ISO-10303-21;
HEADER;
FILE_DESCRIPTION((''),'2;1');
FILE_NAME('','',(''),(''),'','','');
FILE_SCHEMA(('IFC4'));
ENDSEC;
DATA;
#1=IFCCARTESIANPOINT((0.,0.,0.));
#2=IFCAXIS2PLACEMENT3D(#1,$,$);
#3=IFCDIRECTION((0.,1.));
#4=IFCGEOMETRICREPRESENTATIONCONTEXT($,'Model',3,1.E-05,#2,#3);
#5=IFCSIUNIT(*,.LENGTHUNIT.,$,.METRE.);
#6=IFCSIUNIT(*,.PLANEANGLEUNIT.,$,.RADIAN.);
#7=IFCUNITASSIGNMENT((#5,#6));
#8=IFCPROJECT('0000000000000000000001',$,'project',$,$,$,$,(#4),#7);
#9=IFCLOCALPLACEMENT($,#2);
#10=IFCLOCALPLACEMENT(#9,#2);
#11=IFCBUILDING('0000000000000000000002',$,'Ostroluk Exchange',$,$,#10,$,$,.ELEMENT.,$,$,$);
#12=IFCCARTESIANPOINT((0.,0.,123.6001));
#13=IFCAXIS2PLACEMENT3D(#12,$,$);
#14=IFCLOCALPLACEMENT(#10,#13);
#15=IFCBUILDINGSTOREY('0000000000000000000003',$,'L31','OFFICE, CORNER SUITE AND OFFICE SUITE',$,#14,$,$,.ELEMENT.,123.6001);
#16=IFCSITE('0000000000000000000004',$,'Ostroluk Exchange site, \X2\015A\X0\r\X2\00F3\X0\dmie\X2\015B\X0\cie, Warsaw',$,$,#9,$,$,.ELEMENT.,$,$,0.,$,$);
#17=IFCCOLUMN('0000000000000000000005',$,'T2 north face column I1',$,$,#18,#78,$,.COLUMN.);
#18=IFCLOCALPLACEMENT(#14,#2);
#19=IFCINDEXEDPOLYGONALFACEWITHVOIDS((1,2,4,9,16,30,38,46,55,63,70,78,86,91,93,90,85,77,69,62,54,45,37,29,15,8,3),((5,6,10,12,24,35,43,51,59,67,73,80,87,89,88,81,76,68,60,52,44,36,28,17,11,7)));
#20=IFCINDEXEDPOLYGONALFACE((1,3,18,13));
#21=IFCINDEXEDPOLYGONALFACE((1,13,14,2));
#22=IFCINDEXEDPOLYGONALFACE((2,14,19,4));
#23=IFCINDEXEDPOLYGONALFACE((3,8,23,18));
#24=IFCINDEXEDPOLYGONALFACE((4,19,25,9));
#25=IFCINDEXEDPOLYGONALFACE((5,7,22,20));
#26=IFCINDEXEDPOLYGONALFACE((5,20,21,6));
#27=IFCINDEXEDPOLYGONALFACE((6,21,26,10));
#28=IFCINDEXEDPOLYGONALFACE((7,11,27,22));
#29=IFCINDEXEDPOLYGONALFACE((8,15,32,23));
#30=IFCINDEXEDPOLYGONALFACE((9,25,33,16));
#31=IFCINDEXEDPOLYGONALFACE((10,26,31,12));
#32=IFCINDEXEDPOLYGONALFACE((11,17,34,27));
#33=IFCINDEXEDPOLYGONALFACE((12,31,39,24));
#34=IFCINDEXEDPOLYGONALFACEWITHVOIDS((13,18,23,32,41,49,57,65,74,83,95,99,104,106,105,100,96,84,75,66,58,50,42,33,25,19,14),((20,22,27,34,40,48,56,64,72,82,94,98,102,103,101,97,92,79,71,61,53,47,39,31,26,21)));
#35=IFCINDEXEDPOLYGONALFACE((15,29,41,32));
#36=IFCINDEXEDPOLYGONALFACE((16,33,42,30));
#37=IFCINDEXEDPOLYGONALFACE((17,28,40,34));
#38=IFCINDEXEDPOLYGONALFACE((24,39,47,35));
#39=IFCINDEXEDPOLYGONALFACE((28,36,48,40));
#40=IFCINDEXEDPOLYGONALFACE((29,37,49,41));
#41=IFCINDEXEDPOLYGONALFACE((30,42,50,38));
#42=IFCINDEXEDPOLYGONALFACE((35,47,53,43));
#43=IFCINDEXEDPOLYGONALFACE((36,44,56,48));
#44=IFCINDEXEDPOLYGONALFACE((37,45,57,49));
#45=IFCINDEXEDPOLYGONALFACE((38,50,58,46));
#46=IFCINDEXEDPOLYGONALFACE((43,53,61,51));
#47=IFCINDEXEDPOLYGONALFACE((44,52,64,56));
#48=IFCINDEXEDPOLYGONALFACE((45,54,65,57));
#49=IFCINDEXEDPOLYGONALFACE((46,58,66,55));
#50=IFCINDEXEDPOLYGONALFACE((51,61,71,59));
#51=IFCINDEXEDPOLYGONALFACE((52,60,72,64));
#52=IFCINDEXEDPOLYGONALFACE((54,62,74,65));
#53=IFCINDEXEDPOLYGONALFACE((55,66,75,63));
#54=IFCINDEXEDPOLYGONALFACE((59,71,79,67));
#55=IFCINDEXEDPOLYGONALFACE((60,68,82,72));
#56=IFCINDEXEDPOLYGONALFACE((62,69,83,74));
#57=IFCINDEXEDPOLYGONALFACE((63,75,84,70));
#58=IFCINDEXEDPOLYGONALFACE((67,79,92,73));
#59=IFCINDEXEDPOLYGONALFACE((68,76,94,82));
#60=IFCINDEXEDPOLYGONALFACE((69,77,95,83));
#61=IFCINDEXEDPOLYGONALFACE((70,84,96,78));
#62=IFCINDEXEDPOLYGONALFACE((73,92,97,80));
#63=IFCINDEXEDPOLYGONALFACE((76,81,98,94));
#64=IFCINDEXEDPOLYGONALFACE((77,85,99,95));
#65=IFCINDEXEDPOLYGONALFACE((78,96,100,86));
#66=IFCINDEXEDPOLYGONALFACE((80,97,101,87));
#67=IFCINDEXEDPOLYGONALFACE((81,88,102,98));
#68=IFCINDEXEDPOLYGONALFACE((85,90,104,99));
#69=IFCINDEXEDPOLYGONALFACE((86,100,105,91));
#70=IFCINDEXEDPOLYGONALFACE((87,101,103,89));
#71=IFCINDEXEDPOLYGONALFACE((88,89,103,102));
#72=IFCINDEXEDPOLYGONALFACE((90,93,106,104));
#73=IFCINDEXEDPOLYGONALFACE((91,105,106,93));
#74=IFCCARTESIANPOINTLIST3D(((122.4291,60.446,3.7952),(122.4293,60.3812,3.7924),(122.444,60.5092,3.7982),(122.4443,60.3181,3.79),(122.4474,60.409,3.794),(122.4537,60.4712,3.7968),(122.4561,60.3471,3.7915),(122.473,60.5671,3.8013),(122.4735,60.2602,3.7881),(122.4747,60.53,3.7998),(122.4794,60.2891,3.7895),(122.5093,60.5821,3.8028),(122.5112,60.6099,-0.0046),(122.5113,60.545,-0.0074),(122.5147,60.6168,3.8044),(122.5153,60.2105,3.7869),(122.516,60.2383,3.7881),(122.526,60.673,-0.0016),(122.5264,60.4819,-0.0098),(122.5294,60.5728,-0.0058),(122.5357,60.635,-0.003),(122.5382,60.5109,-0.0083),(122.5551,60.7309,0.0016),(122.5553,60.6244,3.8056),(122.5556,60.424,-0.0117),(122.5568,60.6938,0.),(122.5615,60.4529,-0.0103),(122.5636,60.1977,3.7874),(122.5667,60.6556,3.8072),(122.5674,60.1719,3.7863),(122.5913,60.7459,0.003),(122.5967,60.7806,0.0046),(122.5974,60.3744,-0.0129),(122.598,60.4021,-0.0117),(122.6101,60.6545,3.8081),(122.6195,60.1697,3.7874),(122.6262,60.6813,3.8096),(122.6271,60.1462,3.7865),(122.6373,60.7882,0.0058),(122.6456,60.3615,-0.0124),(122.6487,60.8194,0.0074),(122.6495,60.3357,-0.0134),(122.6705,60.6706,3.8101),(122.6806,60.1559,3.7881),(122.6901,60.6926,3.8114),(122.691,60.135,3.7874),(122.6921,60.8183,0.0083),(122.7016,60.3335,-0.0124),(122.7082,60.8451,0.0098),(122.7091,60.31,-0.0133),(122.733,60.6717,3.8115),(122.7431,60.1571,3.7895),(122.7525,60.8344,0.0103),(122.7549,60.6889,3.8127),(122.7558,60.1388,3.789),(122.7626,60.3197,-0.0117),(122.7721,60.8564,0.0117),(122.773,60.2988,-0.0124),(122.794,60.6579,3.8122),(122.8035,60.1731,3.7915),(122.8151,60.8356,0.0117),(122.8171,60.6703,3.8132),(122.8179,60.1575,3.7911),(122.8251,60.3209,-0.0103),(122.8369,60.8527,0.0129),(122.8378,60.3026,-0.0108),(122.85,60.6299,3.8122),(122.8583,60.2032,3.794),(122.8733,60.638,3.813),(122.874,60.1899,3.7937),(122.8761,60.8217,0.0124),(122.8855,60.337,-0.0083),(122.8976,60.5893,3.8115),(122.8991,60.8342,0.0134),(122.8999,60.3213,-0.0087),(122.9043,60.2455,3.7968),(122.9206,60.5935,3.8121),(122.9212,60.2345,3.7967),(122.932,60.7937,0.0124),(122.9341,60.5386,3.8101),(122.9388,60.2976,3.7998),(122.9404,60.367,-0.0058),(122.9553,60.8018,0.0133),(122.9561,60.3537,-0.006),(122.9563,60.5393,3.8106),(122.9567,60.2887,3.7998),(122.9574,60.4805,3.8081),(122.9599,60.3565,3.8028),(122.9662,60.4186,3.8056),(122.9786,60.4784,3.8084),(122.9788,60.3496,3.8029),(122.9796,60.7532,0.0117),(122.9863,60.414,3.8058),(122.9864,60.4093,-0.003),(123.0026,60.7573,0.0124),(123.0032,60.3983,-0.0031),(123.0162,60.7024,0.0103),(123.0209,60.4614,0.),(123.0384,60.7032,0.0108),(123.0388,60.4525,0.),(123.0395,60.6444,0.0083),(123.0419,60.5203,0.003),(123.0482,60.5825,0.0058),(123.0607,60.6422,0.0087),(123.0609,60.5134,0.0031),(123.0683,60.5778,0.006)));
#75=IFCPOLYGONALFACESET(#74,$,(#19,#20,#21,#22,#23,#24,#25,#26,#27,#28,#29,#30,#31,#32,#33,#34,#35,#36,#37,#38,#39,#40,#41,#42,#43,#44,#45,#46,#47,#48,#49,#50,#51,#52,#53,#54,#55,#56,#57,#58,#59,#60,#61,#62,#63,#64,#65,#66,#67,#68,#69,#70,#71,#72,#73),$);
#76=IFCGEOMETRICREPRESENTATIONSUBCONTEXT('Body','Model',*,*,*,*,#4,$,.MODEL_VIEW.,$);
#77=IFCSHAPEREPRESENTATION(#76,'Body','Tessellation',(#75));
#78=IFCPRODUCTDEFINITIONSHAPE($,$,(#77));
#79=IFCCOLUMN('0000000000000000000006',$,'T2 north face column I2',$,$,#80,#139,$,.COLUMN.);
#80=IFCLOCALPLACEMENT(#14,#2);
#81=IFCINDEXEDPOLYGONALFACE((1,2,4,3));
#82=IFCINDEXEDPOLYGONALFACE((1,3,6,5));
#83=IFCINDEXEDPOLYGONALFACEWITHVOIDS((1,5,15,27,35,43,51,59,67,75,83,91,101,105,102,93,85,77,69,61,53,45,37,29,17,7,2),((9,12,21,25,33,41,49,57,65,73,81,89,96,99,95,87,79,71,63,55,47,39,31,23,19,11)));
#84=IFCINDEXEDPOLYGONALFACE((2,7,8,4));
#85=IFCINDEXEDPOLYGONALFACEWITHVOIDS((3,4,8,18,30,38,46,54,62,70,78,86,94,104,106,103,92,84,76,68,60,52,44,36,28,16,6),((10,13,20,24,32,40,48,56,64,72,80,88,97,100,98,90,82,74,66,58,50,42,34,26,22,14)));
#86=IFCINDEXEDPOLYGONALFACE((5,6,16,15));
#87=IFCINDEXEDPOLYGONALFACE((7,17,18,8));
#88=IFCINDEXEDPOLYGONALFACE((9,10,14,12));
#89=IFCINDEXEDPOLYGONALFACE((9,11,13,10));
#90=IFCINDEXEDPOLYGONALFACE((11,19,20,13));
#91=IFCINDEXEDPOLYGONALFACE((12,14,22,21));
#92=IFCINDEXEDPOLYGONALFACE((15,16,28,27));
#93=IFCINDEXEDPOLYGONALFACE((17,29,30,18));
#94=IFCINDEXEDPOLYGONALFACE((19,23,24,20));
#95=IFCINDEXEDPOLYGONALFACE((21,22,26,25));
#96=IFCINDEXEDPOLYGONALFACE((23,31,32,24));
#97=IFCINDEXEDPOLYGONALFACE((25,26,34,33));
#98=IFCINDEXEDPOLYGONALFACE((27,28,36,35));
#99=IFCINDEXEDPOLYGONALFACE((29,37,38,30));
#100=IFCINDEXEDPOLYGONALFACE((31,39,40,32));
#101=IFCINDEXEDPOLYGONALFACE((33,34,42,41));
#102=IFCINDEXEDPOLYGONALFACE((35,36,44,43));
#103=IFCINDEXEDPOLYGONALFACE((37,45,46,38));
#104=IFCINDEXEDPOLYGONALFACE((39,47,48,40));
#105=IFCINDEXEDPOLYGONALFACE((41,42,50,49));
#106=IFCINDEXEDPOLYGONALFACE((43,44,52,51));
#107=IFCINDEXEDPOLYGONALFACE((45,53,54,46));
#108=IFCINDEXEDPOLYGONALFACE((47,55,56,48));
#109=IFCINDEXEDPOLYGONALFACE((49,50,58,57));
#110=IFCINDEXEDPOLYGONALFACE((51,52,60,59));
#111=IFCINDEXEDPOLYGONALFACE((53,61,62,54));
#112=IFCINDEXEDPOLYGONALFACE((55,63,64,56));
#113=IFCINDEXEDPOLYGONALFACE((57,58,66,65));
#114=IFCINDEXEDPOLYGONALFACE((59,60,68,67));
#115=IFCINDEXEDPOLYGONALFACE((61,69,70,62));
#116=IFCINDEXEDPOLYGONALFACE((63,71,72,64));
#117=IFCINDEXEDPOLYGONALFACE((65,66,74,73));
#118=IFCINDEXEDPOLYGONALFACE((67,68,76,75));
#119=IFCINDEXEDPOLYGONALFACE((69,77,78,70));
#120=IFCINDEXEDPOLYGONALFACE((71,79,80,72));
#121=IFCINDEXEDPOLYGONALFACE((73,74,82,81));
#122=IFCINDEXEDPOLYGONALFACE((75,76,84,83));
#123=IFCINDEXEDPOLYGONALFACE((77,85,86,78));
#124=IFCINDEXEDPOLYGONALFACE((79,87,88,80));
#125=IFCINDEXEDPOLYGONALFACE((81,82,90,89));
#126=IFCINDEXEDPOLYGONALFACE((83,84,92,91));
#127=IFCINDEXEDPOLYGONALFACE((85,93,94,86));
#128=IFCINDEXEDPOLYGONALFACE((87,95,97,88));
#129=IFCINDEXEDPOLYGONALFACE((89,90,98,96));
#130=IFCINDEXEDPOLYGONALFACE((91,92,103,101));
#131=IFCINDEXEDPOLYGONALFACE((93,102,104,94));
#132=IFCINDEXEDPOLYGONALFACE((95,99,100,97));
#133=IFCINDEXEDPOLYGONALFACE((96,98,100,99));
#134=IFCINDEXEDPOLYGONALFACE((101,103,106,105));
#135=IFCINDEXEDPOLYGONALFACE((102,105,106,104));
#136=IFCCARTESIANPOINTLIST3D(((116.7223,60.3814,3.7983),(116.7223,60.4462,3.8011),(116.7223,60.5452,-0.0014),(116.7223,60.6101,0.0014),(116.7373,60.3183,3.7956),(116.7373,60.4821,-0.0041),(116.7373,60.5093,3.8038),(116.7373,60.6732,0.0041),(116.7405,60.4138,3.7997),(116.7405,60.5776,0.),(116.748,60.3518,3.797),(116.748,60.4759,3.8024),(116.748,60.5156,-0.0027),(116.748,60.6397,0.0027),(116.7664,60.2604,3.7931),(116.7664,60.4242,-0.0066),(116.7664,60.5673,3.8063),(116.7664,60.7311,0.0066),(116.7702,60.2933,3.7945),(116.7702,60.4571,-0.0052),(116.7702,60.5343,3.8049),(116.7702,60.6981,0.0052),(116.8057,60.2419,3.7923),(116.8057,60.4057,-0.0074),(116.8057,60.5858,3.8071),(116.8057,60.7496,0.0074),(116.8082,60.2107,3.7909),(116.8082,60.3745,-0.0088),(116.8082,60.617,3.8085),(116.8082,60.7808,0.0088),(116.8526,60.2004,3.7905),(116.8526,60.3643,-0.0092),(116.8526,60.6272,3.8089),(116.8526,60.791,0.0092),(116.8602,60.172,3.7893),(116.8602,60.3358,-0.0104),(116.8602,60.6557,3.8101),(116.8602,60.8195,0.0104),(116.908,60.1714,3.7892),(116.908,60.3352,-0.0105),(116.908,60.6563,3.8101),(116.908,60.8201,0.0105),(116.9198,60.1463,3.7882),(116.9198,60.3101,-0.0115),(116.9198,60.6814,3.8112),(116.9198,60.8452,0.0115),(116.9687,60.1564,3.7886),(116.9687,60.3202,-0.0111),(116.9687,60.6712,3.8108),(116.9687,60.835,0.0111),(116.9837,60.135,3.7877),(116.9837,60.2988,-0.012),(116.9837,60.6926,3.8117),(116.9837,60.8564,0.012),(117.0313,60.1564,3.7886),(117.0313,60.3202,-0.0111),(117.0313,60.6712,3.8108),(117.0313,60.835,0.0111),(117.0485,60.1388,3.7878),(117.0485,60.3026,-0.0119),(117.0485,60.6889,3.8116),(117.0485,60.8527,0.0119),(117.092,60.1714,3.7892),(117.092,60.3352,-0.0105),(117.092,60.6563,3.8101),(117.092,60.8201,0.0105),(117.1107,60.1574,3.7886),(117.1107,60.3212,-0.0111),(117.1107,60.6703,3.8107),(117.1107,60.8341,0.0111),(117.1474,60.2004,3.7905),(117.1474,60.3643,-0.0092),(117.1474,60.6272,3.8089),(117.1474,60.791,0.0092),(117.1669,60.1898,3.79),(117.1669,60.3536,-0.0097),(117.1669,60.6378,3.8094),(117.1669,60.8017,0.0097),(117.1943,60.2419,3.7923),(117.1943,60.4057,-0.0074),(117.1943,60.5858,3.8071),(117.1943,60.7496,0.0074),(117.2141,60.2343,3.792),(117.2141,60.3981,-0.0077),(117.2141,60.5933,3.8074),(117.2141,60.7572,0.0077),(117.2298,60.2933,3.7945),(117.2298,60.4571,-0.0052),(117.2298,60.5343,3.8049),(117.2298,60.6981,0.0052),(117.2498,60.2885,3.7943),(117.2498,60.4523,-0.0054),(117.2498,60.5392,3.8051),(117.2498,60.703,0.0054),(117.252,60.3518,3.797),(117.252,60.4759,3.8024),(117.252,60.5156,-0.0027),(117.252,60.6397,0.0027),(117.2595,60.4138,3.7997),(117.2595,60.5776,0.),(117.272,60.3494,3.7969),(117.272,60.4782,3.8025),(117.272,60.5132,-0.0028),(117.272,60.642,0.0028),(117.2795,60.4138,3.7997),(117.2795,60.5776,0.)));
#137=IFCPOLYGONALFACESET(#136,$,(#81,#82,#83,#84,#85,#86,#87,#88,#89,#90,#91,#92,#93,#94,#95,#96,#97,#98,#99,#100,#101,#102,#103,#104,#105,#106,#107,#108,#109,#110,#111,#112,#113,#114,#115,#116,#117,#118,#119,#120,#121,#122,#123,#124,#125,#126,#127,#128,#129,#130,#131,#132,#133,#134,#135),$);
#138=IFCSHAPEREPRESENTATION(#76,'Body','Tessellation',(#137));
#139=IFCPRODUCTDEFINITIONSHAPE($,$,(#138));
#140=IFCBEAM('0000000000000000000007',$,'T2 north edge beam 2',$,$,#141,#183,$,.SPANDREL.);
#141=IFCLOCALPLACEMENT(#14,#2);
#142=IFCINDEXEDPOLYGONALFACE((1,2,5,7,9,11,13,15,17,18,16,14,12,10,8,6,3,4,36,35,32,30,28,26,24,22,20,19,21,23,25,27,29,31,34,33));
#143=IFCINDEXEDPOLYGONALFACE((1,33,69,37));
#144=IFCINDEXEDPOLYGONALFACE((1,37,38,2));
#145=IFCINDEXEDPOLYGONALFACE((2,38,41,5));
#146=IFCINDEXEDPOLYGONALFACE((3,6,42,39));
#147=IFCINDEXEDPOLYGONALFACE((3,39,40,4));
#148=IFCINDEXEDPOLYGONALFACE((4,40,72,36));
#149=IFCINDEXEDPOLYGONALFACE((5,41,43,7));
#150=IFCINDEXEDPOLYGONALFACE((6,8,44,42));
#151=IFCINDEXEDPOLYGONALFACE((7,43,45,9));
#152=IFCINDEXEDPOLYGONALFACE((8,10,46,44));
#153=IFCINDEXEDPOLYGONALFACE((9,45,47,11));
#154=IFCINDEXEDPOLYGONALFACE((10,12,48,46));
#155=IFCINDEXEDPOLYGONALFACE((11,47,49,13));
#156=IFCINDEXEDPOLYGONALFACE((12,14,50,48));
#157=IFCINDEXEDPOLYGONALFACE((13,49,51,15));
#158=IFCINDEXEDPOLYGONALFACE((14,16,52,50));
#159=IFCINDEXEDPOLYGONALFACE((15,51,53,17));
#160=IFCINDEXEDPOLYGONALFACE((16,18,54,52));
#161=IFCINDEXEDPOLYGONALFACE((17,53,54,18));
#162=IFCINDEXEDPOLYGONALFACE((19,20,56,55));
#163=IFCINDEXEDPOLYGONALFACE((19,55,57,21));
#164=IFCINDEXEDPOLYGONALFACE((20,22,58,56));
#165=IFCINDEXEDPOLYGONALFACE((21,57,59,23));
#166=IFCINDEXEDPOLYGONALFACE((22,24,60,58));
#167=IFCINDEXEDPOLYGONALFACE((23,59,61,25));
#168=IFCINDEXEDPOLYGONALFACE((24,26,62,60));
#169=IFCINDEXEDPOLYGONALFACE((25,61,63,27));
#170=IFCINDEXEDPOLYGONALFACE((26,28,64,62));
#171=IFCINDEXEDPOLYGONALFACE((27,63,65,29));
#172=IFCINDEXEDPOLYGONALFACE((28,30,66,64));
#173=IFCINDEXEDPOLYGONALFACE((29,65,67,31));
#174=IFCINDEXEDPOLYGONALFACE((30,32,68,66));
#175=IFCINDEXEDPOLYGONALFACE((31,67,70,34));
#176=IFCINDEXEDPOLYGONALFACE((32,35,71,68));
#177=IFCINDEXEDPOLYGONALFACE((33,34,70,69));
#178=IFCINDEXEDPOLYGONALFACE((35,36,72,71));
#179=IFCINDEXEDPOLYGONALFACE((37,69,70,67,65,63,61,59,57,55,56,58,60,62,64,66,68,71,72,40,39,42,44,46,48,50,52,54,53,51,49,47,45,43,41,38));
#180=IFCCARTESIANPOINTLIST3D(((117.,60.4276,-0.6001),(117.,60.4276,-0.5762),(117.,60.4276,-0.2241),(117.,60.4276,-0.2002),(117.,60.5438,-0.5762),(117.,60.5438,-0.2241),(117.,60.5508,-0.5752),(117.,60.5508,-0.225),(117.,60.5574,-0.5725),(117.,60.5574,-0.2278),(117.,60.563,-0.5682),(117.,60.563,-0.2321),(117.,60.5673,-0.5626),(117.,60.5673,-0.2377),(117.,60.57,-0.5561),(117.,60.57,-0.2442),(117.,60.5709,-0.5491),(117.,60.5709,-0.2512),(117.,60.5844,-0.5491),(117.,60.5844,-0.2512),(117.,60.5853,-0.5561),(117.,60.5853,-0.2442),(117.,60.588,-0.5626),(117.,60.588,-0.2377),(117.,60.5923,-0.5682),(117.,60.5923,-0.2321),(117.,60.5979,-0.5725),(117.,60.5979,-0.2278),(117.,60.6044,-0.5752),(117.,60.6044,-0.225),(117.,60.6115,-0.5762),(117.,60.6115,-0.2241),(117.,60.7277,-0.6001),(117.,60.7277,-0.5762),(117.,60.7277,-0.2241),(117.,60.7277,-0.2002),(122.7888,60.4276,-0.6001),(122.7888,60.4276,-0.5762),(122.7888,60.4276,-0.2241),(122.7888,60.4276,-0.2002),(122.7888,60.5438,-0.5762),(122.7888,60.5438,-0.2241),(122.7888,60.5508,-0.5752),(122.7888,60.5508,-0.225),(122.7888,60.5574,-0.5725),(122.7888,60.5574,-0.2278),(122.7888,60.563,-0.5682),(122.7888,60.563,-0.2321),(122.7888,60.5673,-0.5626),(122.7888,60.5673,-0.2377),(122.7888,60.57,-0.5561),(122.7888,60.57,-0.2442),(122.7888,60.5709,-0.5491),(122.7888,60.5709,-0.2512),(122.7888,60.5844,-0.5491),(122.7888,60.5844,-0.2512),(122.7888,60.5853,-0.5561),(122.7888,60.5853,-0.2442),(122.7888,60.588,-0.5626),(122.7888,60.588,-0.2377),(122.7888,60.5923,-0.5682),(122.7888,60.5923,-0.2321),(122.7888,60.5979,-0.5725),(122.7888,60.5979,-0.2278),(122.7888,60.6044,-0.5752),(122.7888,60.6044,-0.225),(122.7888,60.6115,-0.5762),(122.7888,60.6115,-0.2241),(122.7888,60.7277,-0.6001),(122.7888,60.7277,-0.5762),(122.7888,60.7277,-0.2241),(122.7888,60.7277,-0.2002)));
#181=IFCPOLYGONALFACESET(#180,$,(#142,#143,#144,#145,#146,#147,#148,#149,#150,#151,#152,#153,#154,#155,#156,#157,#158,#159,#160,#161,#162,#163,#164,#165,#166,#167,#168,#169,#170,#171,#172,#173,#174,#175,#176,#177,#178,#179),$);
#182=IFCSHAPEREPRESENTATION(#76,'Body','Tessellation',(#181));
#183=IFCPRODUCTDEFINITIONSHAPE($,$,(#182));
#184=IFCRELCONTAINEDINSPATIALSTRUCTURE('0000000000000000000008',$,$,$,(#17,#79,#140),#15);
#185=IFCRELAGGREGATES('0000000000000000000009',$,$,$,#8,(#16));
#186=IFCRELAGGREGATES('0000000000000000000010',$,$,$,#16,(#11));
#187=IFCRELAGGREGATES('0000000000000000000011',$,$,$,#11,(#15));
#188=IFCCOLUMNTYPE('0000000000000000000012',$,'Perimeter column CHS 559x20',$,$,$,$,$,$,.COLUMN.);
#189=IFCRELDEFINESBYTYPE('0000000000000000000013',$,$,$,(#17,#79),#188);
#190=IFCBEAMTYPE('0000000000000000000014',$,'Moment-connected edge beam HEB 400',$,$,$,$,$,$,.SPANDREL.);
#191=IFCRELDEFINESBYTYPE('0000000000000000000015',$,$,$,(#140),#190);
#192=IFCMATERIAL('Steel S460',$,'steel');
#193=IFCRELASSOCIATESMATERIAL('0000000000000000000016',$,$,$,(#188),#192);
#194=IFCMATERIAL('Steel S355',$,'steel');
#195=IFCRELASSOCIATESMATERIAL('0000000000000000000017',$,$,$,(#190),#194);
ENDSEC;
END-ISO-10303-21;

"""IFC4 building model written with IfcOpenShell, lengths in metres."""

from ifc_helpers import new_model, si_unit, direction, frame, origin, origin_2d, place, context, subcontext, project, spatial, hollow_circle, i_section, extrude, material, material_profile, profile_set, type_object, element, save


model = new_model("IFC4")

# Units and contexts
model_context = context("Model", 3, precision=1e-05, world=origin(), true_north=direction((0.0, 1.0)))
body_context = subcontext(model_context, "Body", "Model", "MODEL_VIEW")
ifc_project = project(units=[si_unit("LENGTHUNIT", "METRE"), si_unit("PLANEANGLEUNIT", "RADIAN")], contexts=[model_context])

# Site, building, storey
site_placement = place(None, origin())
site = spatial("IfcSite", under=ifc_project, at=site_placement, Name="Ostroluk Exchange site, Śródmieście, Warsaw", CompositionType="ELEMENT", RefElevation=0.0)
building_placement = place(site_placement, origin())
building = spatial("IfcBuilding", under=site, at=building_placement, Name="Ostroluk Exchange", CompositionType="ELEMENT")
storey_placement = place(building_placement, frame((0.0, 0.0, 123.6001)))
storey = spatial("IfcBuildingStorey", under=building, at=storey_placement, Name="L31", Description="OFFICE, CORNER SUITE AND OFFICE SUITE", CompositionType="ELEMENT", Elevation=123.6001)

# Columns
ifc_material_1 = material(Name="Steel S460", Category="steel")
ifc_material_profile_1 = material_profile(ifc_material_1, hollow_circle(Radius=0.2795, WallThickness=0.02, at=origin_2d()), Name="CHS 559x20")
ifc_profile_set_1 = profile_set([ifc_material_profile_1], Name="Steel S460")
column_type = type_object("IfcColumnType", Name="Perimeter column CHS 559x20", PredefinedType="COLUMN", material=ifc_profile_set_1)
column_1_placement = place(storey_placement, frame((122.7888, 60.5776, 0.0), z_axis=(-0.021563, -0.043062, 0.99884), x_axis=(0.894161, -0.447747, 0.0)))
element("IfcColumn", 1, at=column_1_placement, inside=storey, type_object=column_type, Name="T2 north face column I1", PredefinedType="COLUMN", context=body_context, shape_type="SweptSolid", body=[
    extrude(hollow_circle(Radius=0.2795, WallThickness=0.02, at=origin_2d()), origin(), (0.0, 0.0, 1.0), 3.8042),
])
column_2_placement = place(storey_placement, frame((117.0, 60.5776, 0.0), z_axis=(0.0, -0.043072, 0.999072), x_axis=(1.0, 0.0, 0.0)))
element("IfcColumn", 2, at=column_2_placement, inside=storey, type_object=column_type, Name="T2 north face column I2", PredefinedType="COLUMN", context=body_context, shape_type="SweptSolid", body=[
    extrude(hollow_circle(Radius=0.2795, WallThickness=0.02, at=origin_2d()), origin(), (0.0, 0.0, 1.0), 3.8032),
])

# Beam
ifc_material_2 = material(Name="Steel S355", Category="steel")
ifc_material_profile_2 = material_profile(ifc_material_2, i_section(OverallWidth=0.3, OverallDepth=0.3999, WebThickness=0.0134, FlangeThickness=0.0239, FilletRadius=0.0271, at=origin_2d()), Name="HEB 400")
ifc_profile_set_2 = profile_set([ifc_material_profile_2], Name="Steel S355")
beam_type = type_object("IfcBeamType", Name="Moment-connected edge beam HEB 400", PredefinedType="SPANDREL", material=ifc_profile_set_2)
for number, where, z_axis, x_axis, name in (
    (3, (122.7888, 60.5776, -0.4001), (-1.0, 0.0, 0.0), (0.0, -1.0, 0.0), "T2 north edge beam 2"),
):
    element("IfcBeam", number, at=place(storey_placement, frame(where, z_axis=z_axis, x_axis=x_axis)), inside=storey, type_object=beam_type, Name=name, PredefinedType="SPANDREL", context=body_context, shape_type="SweptSolid", body=[
        extrude(i_section(OverallWidth=0.3, OverallDepth=0.3999, WebThickness=0.0134, FlangeThickness=0.0239, FilletRadius=0.0271, at=origin_2d()), origin(), (0.0, 0.0, 1.0), 5.7888),
    ])

save(model, "model.ifc")
